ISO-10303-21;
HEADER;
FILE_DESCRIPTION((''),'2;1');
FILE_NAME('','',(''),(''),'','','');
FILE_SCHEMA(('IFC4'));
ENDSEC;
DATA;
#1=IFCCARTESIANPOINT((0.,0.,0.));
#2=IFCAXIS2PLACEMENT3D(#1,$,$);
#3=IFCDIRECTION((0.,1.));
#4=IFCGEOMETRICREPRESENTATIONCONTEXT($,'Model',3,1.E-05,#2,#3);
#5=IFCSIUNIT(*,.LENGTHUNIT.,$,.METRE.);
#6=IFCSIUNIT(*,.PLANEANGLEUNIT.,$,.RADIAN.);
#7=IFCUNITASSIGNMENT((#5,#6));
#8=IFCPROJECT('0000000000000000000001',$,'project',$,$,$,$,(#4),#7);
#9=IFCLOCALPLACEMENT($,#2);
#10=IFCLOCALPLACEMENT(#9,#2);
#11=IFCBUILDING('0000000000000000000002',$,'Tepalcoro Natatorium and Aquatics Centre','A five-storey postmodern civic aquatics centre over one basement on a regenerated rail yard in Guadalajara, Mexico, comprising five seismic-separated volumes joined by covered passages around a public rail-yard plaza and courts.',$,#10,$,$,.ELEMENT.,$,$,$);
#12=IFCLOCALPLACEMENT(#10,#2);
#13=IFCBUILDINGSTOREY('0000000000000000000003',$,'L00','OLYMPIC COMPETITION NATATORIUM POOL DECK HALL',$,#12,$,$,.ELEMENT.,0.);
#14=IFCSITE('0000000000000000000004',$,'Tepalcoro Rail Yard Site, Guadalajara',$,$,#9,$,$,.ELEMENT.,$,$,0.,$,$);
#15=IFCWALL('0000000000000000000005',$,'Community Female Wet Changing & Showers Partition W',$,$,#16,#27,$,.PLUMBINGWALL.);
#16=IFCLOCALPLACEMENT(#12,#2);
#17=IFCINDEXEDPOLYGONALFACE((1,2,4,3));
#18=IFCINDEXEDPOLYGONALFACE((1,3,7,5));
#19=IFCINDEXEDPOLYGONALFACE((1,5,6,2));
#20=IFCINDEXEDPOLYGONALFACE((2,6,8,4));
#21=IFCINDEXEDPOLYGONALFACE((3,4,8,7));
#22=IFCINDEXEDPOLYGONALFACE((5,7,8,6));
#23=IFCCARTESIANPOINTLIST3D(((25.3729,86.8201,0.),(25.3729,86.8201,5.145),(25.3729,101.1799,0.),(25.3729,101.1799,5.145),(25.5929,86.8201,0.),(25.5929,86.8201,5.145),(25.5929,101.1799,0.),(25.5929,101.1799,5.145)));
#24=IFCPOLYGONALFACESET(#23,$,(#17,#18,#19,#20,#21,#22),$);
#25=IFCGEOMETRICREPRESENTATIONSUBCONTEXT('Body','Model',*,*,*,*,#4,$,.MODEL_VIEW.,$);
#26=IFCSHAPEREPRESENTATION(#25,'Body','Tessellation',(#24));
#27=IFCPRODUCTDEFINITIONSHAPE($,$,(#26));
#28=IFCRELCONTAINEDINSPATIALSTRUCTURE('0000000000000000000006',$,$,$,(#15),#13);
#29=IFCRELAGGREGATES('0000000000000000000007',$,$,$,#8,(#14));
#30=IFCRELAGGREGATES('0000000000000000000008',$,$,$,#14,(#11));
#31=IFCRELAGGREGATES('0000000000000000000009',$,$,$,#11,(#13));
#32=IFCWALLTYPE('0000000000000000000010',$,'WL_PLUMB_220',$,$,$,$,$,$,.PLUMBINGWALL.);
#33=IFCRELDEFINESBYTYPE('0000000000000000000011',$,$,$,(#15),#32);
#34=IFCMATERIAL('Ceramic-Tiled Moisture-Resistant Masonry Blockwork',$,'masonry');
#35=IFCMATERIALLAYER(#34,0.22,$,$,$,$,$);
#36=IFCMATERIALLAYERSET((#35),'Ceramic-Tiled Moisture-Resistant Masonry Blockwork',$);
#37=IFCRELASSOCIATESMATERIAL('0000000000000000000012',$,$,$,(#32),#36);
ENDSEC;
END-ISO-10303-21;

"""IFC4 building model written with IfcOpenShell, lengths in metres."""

from ifc_helpers import new_model, si_unit, direction, frame, frame_2d, origin, place, context, subcontext, project, spatial, rectangle, extrude, material, layer, layer_set, type_object, element, save


model = new_model("IFC4")

# Units and contexts
model_context = context("Model", 3, precision=1e-05, world=origin(), true_north=direction((0.0, 1.0)))
body_context = subcontext(model_context, "Body", "Model", "MODEL_VIEW")
ifc_project = project(units=[si_unit("LENGTHUNIT", "METRE"), si_unit("PLANEANGLEUNIT", "RADIAN")], contexts=[model_context])

# Site, building, storey
site_placement = place(None, origin())
site = spatial("IfcSite", under=ifc_project, at=site_placement, Name="Tepalcoro Rail Yard Site, Guadalajara", CompositionType="ELEMENT", RefElevation=0.0)
building_placement = place(site_placement, origin())
building = spatial("IfcBuilding", under=site, at=building_placement, Name="Tepalcoro Natatorium and Aquatics Centre", Description="A five-storey postmodern civic aquatics centre over one basement on a regenerated rail yard in Guadalajara, Mexico, comprising five seismic-separated volumes joined by covered passages around a public rail-yard plaza and courts.", CompositionType="ELEMENT")
storey_placement = place(building_placement, origin())
storey = spatial("IfcBuildingStorey", under=building, at=storey_placement, Name="L00", Description="OLYMPIC COMPETITION NATATORIUM POOL DECK HALL", CompositionType="ELEMENT", Elevation=0.0)

# Shared definitions
ifc_material_1 = material(Name="Ceramic-Tiled Moisture-Resistant Masonry Blockwork", Category="masonry")
ifc_layer_1 = layer(ifc_material_1, 0.22)
ifc_layer_set_1 = layer_set([ifc_layer_1], Name="Ceramic-Tiled Moisture-Resistant Masonry Blockwork")
wall_type = type_object("IfcWallType", Name="WL_PLUMB_220", PredefinedType="PLUMBINGWALL", material=ifc_layer_set_1)

# Wall
wall_1_placement = place(storey_placement, frame((25.4829, 86.8201, 0.0), z_axis=(0.0, 0.0, 1.0), x_axis=(0.0, 1.0, 0.0)))
element("IfcWall", 1, at=wall_1_placement, inside=storey, type_object=wall_type, Name="Community Female Wet Changing & Showers Partition W", PredefinedType="PLUMBINGWALL", context=body_context, shape_type="SweptSolid", body=[
    extrude(rectangle(XDim=14.3599, YDim=0.22, at=frame_2d((7.1799, 0.0))), origin(), (0.0, 0.0, 1.0), 5.145),
])

save(model, "model.ifc")
